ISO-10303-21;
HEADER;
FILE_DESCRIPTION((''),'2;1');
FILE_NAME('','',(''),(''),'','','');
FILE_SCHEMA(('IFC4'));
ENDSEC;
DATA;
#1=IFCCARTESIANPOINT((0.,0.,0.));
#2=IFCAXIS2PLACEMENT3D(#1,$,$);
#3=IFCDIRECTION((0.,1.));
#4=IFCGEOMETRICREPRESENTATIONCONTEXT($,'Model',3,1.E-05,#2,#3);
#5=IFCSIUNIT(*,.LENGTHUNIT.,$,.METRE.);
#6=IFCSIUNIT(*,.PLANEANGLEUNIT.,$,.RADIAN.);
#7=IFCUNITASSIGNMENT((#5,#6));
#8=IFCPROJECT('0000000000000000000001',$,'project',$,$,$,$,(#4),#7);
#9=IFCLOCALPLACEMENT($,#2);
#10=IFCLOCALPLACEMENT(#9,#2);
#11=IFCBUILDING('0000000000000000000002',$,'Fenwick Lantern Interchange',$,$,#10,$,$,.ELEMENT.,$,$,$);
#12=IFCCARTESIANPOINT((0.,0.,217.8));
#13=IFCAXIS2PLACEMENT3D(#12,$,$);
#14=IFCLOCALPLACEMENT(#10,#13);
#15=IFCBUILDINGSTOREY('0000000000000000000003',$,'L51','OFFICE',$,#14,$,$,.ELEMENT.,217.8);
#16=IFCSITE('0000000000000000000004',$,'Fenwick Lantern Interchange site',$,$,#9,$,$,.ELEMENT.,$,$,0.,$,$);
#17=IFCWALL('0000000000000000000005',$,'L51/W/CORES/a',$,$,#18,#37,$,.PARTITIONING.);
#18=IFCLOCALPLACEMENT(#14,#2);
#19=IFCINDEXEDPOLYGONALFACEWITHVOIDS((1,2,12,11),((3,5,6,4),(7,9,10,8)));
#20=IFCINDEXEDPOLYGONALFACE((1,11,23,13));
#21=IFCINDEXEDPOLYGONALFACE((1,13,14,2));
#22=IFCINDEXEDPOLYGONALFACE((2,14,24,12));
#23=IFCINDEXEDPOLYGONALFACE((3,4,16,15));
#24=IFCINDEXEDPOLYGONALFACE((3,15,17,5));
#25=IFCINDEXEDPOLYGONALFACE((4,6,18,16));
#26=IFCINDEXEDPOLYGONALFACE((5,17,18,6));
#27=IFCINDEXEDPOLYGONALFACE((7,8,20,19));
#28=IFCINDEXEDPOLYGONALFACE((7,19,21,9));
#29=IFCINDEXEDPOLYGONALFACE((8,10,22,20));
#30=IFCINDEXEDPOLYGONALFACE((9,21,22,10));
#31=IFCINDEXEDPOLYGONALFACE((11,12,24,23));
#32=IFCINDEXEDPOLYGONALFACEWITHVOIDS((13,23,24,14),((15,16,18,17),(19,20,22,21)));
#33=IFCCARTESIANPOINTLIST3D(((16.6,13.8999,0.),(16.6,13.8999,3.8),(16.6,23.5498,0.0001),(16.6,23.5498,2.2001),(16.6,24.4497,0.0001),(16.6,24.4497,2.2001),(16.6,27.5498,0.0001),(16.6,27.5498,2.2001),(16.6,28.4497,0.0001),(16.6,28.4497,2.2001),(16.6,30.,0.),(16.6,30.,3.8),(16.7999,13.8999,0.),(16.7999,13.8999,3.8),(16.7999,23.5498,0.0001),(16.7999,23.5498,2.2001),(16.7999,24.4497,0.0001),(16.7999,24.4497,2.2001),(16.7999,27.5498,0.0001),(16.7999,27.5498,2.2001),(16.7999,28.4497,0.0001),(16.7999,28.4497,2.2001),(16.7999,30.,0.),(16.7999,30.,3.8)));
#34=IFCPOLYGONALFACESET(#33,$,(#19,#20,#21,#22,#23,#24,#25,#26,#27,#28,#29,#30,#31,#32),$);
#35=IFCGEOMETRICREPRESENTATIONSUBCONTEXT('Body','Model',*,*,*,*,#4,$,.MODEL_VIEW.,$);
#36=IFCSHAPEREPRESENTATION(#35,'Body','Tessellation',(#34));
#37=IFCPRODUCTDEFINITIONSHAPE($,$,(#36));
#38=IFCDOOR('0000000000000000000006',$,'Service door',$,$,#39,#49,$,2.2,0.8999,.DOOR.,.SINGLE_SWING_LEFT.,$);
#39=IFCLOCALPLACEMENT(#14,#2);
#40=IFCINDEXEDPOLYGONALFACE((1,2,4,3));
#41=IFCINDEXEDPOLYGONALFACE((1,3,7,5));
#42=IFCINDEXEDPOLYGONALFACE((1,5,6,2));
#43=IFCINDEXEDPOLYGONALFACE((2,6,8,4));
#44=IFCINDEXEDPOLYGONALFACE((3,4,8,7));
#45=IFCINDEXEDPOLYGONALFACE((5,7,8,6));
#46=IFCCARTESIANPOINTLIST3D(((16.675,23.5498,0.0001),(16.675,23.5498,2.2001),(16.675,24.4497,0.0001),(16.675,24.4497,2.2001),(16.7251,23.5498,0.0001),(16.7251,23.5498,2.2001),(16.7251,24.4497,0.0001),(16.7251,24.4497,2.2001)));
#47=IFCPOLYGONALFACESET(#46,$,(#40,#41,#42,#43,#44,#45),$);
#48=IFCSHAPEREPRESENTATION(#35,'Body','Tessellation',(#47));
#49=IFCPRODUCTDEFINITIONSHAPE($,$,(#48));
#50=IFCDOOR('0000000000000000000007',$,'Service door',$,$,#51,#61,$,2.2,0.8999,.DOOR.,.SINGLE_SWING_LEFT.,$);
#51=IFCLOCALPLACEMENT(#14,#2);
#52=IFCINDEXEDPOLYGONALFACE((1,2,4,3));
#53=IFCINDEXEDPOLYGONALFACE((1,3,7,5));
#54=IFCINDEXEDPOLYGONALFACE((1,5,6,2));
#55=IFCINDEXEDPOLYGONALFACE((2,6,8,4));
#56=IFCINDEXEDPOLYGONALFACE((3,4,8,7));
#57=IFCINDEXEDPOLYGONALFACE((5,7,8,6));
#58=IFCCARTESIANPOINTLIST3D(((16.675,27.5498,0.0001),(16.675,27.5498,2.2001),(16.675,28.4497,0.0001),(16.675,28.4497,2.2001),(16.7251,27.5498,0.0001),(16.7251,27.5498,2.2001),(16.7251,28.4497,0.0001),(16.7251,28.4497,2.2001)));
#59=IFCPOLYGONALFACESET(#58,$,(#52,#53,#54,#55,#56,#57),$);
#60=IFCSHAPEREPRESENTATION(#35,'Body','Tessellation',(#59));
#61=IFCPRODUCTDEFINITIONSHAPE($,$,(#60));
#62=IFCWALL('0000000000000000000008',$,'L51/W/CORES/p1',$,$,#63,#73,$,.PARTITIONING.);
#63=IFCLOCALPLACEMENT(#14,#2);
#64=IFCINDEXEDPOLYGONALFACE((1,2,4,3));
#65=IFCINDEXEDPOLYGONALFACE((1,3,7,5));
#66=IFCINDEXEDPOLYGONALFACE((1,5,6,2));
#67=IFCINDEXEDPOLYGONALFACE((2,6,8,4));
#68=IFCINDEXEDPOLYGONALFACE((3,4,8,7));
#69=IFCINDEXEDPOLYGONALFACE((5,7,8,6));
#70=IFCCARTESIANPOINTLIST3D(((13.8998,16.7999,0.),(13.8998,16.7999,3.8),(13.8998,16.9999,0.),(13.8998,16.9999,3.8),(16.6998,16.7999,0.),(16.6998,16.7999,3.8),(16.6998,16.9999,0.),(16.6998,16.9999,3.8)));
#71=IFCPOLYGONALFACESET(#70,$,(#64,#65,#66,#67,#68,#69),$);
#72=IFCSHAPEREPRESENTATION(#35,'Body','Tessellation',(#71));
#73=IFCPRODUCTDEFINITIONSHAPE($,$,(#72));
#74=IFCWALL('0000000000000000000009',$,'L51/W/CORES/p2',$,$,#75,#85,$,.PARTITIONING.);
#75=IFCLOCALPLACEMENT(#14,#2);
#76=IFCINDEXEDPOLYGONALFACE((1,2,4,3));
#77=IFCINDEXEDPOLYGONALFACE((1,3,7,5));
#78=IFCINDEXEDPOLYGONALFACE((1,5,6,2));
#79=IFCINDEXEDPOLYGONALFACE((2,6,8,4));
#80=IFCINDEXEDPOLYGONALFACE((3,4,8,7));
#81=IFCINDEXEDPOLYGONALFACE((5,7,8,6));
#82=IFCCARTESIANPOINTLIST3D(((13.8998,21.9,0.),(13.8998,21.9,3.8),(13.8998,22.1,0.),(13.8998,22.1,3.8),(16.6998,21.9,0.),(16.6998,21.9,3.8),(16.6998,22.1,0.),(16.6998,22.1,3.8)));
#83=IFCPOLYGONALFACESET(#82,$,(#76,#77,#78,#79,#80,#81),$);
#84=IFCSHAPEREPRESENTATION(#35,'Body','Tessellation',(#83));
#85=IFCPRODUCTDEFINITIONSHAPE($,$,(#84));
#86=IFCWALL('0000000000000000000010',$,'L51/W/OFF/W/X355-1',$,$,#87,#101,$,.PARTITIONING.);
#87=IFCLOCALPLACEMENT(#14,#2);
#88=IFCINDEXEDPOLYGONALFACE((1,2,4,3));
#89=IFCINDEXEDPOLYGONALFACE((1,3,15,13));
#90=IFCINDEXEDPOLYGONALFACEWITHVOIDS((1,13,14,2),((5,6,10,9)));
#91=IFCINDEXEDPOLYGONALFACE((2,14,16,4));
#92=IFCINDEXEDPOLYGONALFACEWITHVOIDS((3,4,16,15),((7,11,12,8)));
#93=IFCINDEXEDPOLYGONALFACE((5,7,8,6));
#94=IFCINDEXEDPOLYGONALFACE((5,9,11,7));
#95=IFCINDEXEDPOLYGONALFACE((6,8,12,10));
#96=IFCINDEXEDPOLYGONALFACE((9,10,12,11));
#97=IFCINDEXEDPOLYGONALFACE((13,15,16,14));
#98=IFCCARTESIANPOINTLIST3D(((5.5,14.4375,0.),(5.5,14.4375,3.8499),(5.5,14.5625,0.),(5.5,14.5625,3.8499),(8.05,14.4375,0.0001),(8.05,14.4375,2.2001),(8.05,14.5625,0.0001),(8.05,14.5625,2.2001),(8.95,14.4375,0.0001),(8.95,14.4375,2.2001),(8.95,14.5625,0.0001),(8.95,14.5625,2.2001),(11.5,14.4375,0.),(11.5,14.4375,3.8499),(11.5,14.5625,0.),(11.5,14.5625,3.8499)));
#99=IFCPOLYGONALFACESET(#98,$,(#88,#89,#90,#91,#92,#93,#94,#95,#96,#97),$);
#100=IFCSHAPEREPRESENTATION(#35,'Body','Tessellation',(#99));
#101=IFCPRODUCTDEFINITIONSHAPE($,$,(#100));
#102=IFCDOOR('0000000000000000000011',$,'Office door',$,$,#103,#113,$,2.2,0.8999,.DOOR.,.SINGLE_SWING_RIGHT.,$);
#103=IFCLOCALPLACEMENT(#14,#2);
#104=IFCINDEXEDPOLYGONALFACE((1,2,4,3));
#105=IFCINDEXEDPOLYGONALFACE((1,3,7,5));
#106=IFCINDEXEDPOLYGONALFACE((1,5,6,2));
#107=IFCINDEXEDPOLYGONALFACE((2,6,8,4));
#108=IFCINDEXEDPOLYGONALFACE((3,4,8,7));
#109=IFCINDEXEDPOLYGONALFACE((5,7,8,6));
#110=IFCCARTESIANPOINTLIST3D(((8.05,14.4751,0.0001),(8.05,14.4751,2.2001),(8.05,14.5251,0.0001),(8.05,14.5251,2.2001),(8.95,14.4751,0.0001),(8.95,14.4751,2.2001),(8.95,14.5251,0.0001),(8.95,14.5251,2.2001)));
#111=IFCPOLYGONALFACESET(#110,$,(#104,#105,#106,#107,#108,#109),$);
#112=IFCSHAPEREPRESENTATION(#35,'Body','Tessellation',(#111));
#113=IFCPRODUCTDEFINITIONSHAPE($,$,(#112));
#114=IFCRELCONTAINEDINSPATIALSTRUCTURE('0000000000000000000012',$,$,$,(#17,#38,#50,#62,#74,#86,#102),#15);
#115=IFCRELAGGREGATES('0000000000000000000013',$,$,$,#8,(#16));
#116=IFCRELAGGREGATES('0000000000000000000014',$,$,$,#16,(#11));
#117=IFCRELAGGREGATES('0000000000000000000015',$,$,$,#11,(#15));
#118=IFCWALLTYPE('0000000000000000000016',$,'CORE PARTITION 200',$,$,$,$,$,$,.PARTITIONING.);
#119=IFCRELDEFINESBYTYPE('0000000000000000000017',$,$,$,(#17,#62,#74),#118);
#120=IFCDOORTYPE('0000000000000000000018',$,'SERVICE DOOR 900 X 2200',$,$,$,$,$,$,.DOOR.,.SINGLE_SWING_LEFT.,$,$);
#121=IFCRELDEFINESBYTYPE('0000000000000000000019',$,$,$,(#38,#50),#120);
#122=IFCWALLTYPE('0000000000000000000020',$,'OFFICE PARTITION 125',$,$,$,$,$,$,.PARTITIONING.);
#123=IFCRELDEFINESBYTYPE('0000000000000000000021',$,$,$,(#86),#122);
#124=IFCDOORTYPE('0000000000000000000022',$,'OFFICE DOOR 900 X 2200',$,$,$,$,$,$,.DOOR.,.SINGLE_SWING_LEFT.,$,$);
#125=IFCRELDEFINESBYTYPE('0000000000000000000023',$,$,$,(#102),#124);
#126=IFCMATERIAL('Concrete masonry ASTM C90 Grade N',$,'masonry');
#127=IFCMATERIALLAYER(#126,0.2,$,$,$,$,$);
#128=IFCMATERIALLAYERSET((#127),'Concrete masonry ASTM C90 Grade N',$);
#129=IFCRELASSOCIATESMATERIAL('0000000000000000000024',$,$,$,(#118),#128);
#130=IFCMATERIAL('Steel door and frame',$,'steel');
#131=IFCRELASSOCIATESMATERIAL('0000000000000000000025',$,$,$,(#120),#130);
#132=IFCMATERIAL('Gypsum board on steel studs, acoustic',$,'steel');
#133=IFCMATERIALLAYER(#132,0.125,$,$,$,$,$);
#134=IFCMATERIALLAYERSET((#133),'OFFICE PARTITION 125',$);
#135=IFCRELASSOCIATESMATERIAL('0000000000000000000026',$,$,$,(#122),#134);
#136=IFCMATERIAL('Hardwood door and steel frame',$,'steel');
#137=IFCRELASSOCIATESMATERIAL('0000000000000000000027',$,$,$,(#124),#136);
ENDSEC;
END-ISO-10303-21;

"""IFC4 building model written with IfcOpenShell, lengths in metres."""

from ifc_helpers import new_model, si_unit, direction, frame, frame_2d, origin, place, context, subcontext, project, spatial, rectangle, extrude, material, layer, layer_set, type_object, element, fill, save


model = new_model("IFC4")

# Units and contexts
model_context = context("Model", 3, precision=1e-05, world=origin(), true_north=direction((0.0, 1.0)))
body_context = subcontext(model_context, "Body", "Model", "MODEL_VIEW")
ifc_project = project(units=[si_unit("LENGTHUNIT", "METRE"), si_unit("PLANEANGLEUNIT", "RADIAN")], contexts=[model_context])

# Site, building, storey
site_placement = place(None, origin())
site = spatial("IfcSite", under=ifc_project, at=site_placement, Name="Fenwick Lantern Interchange site", CompositionType="ELEMENT", RefElevation=0.0)
building_placement = place(site_placement, origin())
building = spatial("IfcBuilding", under=site, at=building_placement, Name="Fenwick Lantern Interchange", CompositionType="ELEMENT")
storey_placement = place(building_placement, frame((0.0, 0.0, 217.8)))
storey = spatial("IfcBuildingStorey", under=building, at=storey_placement, Name="L51", Description="OFFICE", CompositionType="ELEMENT", Elevation=217.8)

# Wall, openings, doors
ifc_material_1 = material(Name="Concrete masonry ASTM C90 Grade N", Category="masonry")
ifc_layer_1 = layer(ifc_material_1, 0.2)
ifc_layer_set_1 = layer_set([ifc_layer_1], Name="Concrete masonry ASTM C90 Grade N")
wall_type_1 = type_object("IfcWallType", Name="CORE PARTITION 200", PredefinedType="PARTITIONING", material=ifc_layer_set_1)
wall_1_placement = place(storey_placement, frame((16.7, 13.8999, 0.0), z_axis=(0.0, 0.0, 1.0), x_axis=(0.0, 1.0, 0.0)))
wall_1 = element("IfcWall", 1, at=wall_1_placement, inside=storey, type_object=wall_type_1, Name="L51/W/CORES/a", PredefinedType="PARTITIONING", context=body_context, shape_type="SweptSolid", body=[
    extrude(rectangle(XDim=16.1001, YDim=0.2, at=frame_2d((8.05, 0.0))), origin(), (0.0, 0.0, 1.0), 3.8),
])
opening_1_placement = place(wall_1_placement, frame((9.6499, 0.0, 0.0)))
opening_1 = element("IfcOpeningElement", 2, at=opening_1_placement, cuts=wall_1, PredefinedType="OPENING", context=body_context, shape_type="SweptSolid", body=[
    extrude(rectangle(XDim=0.8999, YDim=2.2, at=frame_2d((0.45, 1.1001))), frame((0.0, 0.1099, 0.0), z_axis=(0.0, -1.0, 0.0), x_axis=(1.0, 0.0, 0.0)), (0.0, 0.0, 1.0), 0.22),
])
opening_2_placement = place(wall_1_placement, frame((13.6499, 0.0, 0.0)))
opening_2 = element("IfcOpeningElement", 3, at=opening_2_placement, cuts=wall_1, PredefinedType="OPENING", context=body_context, shape_type="SweptSolid", body=[
    extrude(rectangle(XDim=0.8999, YDim=2.2, at=frame_2d((0.45, 1.1001))), frame((0.0, 0.1099, 0.0), z_axis=(0.0, -1.0, 0.0), x_axis=(1.0, 0.0, 0.0)), (0.0, 0.0, 1.0), 0.22),
])
ifc_material_2 = material(Name="Steel door and frame", Category="steel")
door_type_1 = type_object("IfcDoorType", Name="SERVICE DOOR 900 X 2200", OperationType="SINGLE_SWING_LEFT", PredefinedType="DOOR", material=ifc_material_2)
door_1_placement = place(opening_1_placement, origin())
door_1 = element("IfcDoor", 4, at=door_1_placement, inside=storey, type_object=door_type_1, Name="Service door", OperationType="SINGLE_SWING_LEFT", OverallHeight=2.2, OverallWidth=0.8999, PredefinedType="DOOR", context=body_context, shape_type="SweptSolid", body=[
    extrude(rectangle(XDim=0.8999, YDim=2.2, at=frame_2d((0.45, 1.1001))), frame((0.0, 0.0249, 0.0), z_axis=(0.0, -1.0, 0.0), x_axis=(1.0, 0.0, 0.0)), (0.0, 0.0, 1.0), 0.05),
])
fill(opening_1, door_1)
door_2_placement = place(opening_2_placement, origin())
door_2 = element("IfcDoor", 5, at=door_2_placement, inside=storey, type_object=door_type_1, Name="Service door", OperationType="SINGLE_SWING_LEFT", OverallHeight=2.2, OverallWidth=0.8999, PredefinedType="DOOR", context=body_context, shape_type="SweptSolid", body=[
    extrude(rectangle(XDim=0.8999, YDim=2.2, at=frame_2d((0.45, 1.1001))), frame((0.0, 0.0249, 0.0), z_axis=(0.0, -1.0, 0.0), x_axis=(1.0, 0.0, 0.0)), (0.0, 0.0, 1.0), 0.05),
])
fill(opening_2, door_2)

# Walls
for number, where, z_axis, x_axis, name in (
    (6, (13.8999, 16.8999, 0.0), (0.0, 0.0, 1.0), (1.0, 0.0, 0.0), "L51/W/CORES/p1"),
    (7, (13.8999, 22.0, 0.0), (0.0, 0.0, 1.0), (1.0, 0.0, 0.0), "L51/W/CORES/p2"),
):
    element("IfcWall", number, at=place(storey_placement, frame(where, z_axis=z_axis, x_axis=x_axis)), inside=storey, type_object=wall_type_1, Name=name, PredefinedType="PARTITIONING", context=body_context, shape_type="SweptSolid", body=[
        extrude(rectangle(XDim=2.8, YDim=0.2, at=frame_2d((1.3999, 0.0))), origin(), (0.0, 0.0, 1.0), 3.8),
    ])

# Shared definitions
ifc_material_3 = material(Name="Hardwood door and steel frame", Category="steel")

# Wall, opening, door
ifc_material_4 = material(Name="Gypsum board on steel studs, acoustic", Category="steel")
ifc_layer_2 = layer(ifc_material_4, 0.125)
ifc_layer_set_2 = layer_set([ifc_layer_2], Name="OFFICE PARTITION 125")
wall_type_2 = type_object("IfcWallType", Name="OFFICE PARTITION 125", PredefinedType="PARTITIONING", material=ifc_layer_set_2)
wall_2_placement = place(storey_placement, frame((5.5, 14.5, 0.0), z_axis=(0.0, 0.0, 1.0), x_axis=(1.0, 0.0, 0.0)))
wall_2 = element("IfcWall", 8, at=wall_2_placement, inside=storey, type_object=wall_type_2, Name="L51/W/OFF/W/X355-1", PredefinedType="PARTITIONING", context=body_context, shape_type="SweptSolid", body=[
    extrude(rectangle(XDim=6.0, YDim=0.125, at=frame_2d((3.0, 0.0))), origin(), (0.0, 0.0, 1.0), 3.8499),
])
opening_3_placement = place(wall_2_placement, frame((2.55, 0.0, 0.0)))
opening_3 = element("IfcOpeningElement", 9, at=opening_3_placement, cuts=wall_2, PredefinedType="OPENING", context=body_context, shape_type="SweptSolid", body=[
    extrude(rectangle(XDim=0.8999, YDim=2.2, at=frame_2d((0.45, 1.1001))), frame((0.0, 0.0725, 0.0), z_axis=(0.0, -1.0, 0.0), x_axis=(1.0, 0.0, 0.0)), (0.0, 0.0, 1.0), 0.145),
])
door_type_2 = type_object("IfcDoorType", Name="OFFICE DOOR 900 X 2200", OperationType="SINGLE_SWING_LEFT", PredefinedType="DOOR", material=ifc_material_3)
door_3_placement = place(opening_3_placement, frame((0.8999, 0.0, 0.0), z_axis=(0.0, 0.0, 1.0), x_axis=(-1.0, 0.0, 0.0)))
door_3 = element("IfcDoor", 10, at=door_3_placement, inside=storey, type_object=door_type_2, Name="Office door", OperationType="SINGLE_SWING_RIGHT", OverallHeight=2.2, OverallWidth=0.8999, PredefinedType="DOOR", context=body_context, shape_type="SweptSolid", body=[
    extrude(rectangle(XDim=0.8999, YDim=2.2, at=frame_2d((0.45, 1.1001))), frame((0.0, 0.0249, 0.0), z_axis=(0.0, -1.0, 0.0), x_axis=(1.0, 0.0, 0.0)), (0.0, 0.0, 1.0), 0.05),
])
fill(opening_3, door_3)

save(model, "model.ifc")
